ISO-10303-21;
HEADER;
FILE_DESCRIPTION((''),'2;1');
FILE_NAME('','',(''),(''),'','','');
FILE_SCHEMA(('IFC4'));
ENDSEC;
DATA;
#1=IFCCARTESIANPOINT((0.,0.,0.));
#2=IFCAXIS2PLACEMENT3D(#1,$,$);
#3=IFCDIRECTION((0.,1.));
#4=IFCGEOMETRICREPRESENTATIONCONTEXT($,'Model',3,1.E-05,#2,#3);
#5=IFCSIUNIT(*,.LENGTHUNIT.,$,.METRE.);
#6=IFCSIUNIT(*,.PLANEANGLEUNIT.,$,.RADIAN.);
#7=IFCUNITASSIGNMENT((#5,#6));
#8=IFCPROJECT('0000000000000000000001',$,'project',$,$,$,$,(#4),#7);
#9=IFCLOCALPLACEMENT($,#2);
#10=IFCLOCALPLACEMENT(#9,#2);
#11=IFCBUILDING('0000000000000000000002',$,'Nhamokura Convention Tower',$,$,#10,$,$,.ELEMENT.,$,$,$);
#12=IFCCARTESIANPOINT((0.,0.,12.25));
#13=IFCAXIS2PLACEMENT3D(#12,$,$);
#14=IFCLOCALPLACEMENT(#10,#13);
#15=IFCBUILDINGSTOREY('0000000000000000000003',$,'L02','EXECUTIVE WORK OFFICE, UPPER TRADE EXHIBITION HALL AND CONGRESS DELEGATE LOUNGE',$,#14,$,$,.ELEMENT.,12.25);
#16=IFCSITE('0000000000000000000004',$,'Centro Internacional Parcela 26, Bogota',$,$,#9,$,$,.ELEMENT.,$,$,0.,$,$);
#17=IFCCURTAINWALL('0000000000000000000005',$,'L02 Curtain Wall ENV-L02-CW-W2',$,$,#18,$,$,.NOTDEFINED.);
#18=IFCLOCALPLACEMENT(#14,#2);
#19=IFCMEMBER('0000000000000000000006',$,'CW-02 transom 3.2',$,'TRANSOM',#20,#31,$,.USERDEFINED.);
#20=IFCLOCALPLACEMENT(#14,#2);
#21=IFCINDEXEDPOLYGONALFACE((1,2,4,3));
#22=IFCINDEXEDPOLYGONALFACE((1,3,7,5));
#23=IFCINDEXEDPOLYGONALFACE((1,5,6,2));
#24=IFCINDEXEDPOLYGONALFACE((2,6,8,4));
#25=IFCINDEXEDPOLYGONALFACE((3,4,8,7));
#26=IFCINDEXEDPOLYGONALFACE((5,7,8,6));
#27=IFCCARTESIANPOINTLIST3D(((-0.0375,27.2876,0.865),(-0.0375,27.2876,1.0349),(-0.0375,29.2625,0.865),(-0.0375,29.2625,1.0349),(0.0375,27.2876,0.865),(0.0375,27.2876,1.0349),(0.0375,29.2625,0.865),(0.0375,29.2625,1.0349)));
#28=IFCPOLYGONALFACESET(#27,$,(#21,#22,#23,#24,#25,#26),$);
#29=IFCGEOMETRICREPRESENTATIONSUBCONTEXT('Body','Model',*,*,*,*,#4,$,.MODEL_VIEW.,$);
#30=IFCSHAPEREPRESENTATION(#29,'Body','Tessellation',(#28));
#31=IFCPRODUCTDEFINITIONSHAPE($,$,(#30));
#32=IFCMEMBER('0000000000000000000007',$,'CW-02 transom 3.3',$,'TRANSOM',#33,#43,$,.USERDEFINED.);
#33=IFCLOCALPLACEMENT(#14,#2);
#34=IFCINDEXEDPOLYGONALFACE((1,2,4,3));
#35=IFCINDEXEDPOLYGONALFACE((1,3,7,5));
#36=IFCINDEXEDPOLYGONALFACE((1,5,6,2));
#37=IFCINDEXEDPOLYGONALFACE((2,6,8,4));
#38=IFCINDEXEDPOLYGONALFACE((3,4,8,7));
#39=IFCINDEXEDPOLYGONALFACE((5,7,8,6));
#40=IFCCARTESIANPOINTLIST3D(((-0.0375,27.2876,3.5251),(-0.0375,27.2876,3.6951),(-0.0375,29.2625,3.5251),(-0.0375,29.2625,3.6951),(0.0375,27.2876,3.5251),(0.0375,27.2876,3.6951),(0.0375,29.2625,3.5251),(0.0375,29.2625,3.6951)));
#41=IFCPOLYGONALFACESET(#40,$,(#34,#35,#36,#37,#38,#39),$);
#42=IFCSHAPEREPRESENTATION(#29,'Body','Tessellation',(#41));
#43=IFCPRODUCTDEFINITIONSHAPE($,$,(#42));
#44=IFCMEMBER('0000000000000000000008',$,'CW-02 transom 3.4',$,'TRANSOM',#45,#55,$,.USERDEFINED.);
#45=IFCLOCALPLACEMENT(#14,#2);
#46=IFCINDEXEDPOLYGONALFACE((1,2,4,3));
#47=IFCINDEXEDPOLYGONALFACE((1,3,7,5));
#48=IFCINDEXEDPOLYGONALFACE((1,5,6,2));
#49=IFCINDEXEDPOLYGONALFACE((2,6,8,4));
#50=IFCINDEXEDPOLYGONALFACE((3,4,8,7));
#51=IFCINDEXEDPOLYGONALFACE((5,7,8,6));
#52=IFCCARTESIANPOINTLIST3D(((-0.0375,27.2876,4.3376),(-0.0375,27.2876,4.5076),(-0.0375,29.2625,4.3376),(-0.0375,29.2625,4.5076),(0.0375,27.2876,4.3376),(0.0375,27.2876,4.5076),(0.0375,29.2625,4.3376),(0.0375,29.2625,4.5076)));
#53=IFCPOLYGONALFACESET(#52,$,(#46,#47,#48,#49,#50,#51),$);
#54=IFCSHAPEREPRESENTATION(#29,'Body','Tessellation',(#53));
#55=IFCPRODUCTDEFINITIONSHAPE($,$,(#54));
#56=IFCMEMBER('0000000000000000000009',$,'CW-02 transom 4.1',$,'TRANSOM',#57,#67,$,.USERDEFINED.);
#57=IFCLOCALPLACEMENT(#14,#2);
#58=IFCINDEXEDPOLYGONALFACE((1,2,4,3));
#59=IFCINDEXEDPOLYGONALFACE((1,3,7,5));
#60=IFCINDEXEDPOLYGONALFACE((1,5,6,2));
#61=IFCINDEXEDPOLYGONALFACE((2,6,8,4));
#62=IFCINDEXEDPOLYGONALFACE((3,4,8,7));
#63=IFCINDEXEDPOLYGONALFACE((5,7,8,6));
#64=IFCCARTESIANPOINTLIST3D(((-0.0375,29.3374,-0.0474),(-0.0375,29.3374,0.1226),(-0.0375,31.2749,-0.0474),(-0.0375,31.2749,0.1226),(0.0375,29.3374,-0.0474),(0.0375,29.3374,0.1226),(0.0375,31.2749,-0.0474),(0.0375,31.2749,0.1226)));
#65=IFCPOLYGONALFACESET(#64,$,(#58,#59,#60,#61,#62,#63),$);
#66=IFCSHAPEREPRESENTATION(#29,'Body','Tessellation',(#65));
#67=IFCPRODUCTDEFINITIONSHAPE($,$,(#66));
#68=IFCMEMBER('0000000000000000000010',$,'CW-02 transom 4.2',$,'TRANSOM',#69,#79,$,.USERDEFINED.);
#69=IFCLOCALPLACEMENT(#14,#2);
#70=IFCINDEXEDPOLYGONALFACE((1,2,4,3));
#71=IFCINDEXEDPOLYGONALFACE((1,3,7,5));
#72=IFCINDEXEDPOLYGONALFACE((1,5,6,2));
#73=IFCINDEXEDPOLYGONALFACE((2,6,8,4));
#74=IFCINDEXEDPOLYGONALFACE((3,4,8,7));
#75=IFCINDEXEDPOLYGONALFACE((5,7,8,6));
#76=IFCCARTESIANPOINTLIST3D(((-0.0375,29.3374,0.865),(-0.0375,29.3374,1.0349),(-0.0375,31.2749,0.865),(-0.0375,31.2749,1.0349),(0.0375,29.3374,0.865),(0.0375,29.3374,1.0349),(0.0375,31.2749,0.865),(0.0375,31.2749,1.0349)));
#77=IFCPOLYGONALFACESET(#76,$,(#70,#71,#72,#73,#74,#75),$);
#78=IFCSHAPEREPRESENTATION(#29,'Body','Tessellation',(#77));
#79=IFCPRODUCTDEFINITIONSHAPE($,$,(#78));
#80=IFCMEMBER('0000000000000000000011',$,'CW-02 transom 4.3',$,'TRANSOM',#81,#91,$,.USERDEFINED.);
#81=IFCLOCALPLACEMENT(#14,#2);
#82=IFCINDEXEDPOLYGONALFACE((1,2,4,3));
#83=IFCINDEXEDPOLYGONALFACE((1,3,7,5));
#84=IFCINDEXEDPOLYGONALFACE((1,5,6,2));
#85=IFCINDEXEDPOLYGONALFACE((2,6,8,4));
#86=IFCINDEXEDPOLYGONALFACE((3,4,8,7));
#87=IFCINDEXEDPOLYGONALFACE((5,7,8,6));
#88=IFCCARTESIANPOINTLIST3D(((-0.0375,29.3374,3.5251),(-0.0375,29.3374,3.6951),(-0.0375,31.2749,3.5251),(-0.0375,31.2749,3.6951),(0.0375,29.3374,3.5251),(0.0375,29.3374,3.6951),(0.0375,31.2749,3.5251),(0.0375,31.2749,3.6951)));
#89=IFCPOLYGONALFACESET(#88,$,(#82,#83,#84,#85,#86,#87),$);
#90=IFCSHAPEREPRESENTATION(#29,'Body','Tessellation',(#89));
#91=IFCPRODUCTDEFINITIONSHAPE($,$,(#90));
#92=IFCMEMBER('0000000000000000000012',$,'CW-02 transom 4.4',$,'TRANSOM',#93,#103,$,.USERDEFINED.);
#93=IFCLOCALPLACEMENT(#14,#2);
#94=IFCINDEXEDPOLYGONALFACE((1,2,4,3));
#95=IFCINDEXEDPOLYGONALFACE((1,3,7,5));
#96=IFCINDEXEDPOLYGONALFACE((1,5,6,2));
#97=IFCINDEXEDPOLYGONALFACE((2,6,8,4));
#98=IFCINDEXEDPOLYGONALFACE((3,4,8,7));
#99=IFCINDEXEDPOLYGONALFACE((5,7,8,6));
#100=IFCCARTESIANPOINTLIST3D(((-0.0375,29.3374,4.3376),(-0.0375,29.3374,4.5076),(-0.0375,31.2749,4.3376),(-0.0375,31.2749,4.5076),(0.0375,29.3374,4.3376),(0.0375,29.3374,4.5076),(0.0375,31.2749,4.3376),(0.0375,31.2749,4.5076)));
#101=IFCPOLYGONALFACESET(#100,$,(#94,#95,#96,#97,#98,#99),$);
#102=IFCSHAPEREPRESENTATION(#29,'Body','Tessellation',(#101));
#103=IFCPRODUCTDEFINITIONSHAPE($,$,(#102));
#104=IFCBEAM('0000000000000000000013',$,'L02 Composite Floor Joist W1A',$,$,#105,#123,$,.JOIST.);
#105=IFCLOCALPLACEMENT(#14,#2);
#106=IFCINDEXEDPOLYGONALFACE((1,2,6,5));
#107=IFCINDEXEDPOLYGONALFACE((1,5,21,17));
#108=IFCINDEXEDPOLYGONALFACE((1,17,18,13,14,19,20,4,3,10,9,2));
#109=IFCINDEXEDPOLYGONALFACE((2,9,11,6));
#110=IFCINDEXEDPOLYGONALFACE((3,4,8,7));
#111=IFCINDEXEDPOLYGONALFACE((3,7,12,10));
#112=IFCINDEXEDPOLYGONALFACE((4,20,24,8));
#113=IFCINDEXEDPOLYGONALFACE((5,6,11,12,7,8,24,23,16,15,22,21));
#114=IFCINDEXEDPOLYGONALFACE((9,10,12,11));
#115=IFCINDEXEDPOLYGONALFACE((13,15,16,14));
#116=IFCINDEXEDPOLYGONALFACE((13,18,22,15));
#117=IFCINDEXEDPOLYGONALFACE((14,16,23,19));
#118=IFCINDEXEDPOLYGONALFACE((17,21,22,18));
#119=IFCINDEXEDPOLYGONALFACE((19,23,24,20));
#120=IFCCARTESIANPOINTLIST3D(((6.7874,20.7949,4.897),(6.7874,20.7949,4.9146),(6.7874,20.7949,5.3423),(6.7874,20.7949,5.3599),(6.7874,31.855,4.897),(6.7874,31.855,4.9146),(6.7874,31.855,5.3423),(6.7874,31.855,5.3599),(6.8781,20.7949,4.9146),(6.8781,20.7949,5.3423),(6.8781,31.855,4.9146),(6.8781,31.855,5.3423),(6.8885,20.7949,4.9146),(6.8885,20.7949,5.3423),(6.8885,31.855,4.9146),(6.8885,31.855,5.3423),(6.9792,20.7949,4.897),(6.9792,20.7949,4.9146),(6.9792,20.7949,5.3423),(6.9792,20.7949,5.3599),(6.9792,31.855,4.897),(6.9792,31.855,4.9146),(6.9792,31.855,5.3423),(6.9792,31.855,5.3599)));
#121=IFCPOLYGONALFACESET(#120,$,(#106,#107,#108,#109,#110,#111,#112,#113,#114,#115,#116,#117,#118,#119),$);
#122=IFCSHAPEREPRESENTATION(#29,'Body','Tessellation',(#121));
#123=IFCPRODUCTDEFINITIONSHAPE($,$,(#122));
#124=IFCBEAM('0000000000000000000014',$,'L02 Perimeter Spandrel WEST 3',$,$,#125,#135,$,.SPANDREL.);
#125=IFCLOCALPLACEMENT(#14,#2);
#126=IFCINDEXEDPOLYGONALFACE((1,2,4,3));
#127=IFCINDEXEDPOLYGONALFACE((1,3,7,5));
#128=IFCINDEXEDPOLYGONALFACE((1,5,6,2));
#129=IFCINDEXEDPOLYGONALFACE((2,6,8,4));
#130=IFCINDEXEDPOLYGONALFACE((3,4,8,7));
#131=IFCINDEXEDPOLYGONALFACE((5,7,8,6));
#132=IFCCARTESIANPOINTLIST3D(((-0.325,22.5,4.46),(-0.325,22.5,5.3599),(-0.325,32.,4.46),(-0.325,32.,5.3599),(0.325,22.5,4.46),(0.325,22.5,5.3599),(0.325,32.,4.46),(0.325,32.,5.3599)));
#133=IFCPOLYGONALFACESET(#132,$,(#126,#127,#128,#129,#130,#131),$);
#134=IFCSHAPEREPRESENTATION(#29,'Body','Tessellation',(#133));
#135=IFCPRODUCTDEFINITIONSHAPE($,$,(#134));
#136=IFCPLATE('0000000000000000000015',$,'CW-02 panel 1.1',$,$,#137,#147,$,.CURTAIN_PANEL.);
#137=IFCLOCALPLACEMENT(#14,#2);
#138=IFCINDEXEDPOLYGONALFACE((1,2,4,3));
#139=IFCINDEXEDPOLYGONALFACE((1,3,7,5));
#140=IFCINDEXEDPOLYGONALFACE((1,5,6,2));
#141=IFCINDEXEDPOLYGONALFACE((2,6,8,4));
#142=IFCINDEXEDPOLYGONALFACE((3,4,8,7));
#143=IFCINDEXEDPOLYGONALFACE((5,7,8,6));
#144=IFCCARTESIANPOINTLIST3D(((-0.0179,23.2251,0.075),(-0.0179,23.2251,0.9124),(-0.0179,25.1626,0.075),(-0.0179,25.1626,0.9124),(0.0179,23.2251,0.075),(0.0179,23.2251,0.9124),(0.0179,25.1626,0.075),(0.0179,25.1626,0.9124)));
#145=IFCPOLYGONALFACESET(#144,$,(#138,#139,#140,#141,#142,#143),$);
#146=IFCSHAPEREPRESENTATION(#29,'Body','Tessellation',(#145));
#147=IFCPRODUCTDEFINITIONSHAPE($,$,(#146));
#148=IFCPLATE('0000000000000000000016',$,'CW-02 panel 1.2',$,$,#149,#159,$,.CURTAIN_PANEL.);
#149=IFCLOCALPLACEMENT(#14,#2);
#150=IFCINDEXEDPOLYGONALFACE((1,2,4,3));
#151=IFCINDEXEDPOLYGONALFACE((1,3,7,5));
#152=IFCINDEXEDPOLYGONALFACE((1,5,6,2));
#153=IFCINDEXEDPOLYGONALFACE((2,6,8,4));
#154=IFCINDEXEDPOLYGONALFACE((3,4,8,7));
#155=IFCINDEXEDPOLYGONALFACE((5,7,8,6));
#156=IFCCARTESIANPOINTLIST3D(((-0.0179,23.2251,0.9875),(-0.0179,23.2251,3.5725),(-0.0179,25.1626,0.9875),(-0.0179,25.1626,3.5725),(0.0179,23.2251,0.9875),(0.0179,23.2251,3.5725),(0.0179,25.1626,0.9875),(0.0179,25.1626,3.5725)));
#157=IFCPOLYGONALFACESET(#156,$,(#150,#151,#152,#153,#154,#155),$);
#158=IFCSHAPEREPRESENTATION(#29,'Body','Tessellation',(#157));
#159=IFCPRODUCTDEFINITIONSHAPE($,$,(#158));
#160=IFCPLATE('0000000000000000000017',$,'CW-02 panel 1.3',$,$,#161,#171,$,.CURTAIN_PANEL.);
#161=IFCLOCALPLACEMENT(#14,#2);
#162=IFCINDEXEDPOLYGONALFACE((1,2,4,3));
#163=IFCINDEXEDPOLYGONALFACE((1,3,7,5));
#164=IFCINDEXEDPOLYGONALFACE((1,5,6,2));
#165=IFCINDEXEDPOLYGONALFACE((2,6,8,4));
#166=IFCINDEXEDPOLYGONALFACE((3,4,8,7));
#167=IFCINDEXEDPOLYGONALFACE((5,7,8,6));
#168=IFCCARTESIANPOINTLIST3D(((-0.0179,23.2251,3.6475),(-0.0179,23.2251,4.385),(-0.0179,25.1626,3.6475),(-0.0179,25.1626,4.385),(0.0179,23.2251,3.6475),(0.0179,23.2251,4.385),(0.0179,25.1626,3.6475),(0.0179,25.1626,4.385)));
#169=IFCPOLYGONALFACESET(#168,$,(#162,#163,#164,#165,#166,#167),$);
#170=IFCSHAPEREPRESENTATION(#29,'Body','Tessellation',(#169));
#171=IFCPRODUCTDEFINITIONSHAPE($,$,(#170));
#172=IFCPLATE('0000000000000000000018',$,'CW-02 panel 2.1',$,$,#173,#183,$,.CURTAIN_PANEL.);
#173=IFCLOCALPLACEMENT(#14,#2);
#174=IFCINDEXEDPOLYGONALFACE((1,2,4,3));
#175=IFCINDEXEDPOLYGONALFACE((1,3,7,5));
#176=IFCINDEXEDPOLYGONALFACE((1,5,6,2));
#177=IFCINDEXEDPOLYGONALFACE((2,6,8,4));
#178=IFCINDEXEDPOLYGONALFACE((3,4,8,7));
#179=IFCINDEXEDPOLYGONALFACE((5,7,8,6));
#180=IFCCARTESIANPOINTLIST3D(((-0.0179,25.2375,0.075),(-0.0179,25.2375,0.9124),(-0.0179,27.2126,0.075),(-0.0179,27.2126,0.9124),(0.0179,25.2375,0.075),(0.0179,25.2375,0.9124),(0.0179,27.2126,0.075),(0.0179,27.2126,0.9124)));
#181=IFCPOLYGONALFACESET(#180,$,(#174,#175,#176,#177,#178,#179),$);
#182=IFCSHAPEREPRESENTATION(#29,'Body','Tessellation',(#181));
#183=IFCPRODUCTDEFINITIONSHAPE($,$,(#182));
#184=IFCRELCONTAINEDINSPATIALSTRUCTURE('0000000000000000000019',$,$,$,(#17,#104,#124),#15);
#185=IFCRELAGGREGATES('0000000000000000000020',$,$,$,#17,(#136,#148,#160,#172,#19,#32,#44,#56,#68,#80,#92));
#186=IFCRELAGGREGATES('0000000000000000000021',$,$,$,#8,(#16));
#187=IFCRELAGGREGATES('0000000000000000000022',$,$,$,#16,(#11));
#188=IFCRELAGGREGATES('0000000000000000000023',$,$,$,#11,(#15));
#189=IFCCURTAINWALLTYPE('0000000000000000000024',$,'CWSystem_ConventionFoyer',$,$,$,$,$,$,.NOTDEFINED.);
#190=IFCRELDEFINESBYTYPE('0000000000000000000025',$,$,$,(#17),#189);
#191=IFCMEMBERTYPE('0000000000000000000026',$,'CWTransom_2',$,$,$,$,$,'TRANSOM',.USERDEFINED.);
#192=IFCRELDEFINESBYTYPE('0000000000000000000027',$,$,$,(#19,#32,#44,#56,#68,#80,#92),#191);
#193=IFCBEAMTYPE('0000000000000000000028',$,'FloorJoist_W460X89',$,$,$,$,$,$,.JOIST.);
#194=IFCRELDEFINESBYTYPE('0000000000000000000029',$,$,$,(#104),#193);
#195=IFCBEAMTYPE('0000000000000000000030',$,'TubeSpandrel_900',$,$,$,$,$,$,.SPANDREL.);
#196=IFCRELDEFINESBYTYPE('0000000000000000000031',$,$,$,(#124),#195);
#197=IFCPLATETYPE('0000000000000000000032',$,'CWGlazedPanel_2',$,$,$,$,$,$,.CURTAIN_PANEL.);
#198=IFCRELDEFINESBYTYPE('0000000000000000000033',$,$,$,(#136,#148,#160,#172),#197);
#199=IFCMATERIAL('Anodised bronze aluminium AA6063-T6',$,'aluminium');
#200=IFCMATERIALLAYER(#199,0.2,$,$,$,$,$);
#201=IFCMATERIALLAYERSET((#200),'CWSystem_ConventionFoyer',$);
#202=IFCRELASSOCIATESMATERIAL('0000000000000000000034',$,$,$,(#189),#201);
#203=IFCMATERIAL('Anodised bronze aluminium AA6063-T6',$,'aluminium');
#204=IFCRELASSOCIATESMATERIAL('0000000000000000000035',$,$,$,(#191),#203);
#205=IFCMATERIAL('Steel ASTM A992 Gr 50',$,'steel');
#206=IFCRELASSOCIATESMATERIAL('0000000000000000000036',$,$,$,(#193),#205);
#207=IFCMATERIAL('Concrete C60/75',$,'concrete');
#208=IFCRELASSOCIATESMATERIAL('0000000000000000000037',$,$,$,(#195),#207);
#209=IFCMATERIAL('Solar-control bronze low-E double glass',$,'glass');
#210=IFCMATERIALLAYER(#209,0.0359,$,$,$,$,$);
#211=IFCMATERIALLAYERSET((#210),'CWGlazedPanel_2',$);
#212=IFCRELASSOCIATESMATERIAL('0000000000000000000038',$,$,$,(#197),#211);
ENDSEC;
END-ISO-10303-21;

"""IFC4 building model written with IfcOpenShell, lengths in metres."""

from ifc_helpers import new_model, si_unit, direction, frame, origin, origin_2d, place, context, subcontext, project, spatial, rectangle, i_section, extrude, material, layer, layer_set, material_profile, profile_set, type_object, element, aggregate, save


model = new_model("IFC4")

# Units and contexts
model_context = context("Model", 3, precision=1e-05, world=origin(), true_north=direction((0.0, 1.0)))
body_context = subcontext(model_context, "Body", "Model", "MODEL_VIEW")
ifc_project = project(units=[si_unit("LENGTHUNIT", "METRE"), si_unit("PLANEANGLEUNIT", "RADIAN")], contexts=[model_context])

# Site, building, storey
site_placement = place(None, origin())
site = spatial("IfcSite", under=ifc_project, at=site_placement, Name="Centro Internacional Parcela 26, Bogota", CompositionType="ELEMENT", RefElevation=0.0)
building_placement = place(site_placement, origin())
building = spatial("IfcBuilding", under=site, at=building_placement, Name="Nhamokura Convention Tower", CompositionType="ELEMENT")
storey_placement = place(building_placement, frame((0.0, 0.0, 12.25)))
storey = spatial("IfcBuildingStorey", under=building, at=storey_placement, Name="L02", Description="EXECUTIVE WORK OFFICE, UPPER TRADE EXHIBITION HALL AND CONGRESS DELEGATE LOUNGE", CompositionType="ELEMENT", Elevation=12.25)

# Curtain wall, members
ifc_material_1 = material(Name="Anodised bronze aluminium AA6063-T6", Category="aluminium")
ifc_layer_1 = layer(ifc_material_1, 0.2)
ifc_layer_set_1 = layer_set([ifc_layer_1], Name="CWSystem_ConventionFoyer")
curtain_wall_type = type_object("IfcCurtainWallType", Name="CWSystem_ConventionFoyer", PredefinedType="NOTDEFINED", material=ifc_layer_set_1)
curtain_wall_placement = place(storey_placement, origin())
curtain_wall = element("IfcCurtainWall", 1, at=curtain_wall_placement, inside=storey, type_object=curtain_wall_type, Name="L02 Curtain Wall ENV-L02-CW-W2", PredefinedType="NOTDEFINED")
ifc_material_2 = material(Name="Anodised bronze aluminium AA6063-T6", Category="aluminium")
ifc_material_profile_1 = material_profile(ifc_material_2, rectangle(XDim=0.075, YDim=0.1699, at=origin_2d()))
ifc_profile_set_1 = profile_set([ifc_material_profile_1], Name="Anodised bronze aluminium AA6063-T6")
member_type_1 = type_object("IfcMemberType", Name="CWTransom_2", ElementType="TRANSOM", PredefinedType="USERDEFINED", material=ifc_profile_set_1)
member_1_placement = place(storey_placement, frame((0.0, 27.2876, 0.95), z_axis=(0.0, 1.0, 0.0), x_axis=(-1.0, 0.0, 0.0)))
member_1 = element("IfcMember", 2, at=member_1_placement, type_object=member_type_1, Name="CW-02 transom 3.2", ObjectType="TRANSOM", PredefinedType="USERDEFINED", context=body_context, shape_type="SweptSolid", body=[
    extrude(rectangle(XDim=0.075, YDim=0.1699, at=origin_2d()), origin(), (0.0, 0.0, 1.0), 1.9749),
])
member_2_placement = place(storey_placement, frame((0.0, 27.2876, 3.6101), z_axis=(0.0, 1.0, 0.0), x_axis=(-1.0, 0.0, 0.0)))
member_2 = element("IfcMember", 3, at=member_2_placement, type_object=member_type_1, Name="CW-02 transom 3.3", ObjectType="TRANSOM", PredefinedType="USERDEFINED", context=body_context, shape_type="SweptSolid", body=[
    extrude(rectangle(XDim=0.075, YDim=0.1699, at=origin_2d()), origin(), (0.0, 0.0, 1.0), 1.9749),
])
member_3_placement = place(storey_placement, frame((0.0, 27.2876, 4.4226), z_axis=(0.0, 1.0, 0.0), x_axis=(-1.0, 0.0, 0.0)))
member_3 = element("IfcMember", 4, at=member_3_placement, type_object=member_type_1, Name="CW-02 transom 3.4", ObjectType="TRANSOM", PredefinedType="USERDEFINED", context=body_context, shape_type="SweptSolid", body=[
    extrude(rectangle(XDim=0.075, YDim=0.1699, at=origin_2d()), origin(), (0.0, 0.0, 1.0), 1.9749),
])
member_4_placement = place(storey_placement, frame((0.0, 29.3374, 0.0376), z_axis=(0.0, 1.0, 0.0), x_axis=(-1.0, 0.0, 0.0)))
member_4 = element("IfcMember", 5, at=member_4_placement, type_object=member_type_1, Name="CW-02 transom 4.1", ObjectType="TRANSOM", PredefinedType="USERDEFINED", context=body_context, shape_type="SweptSolid", body=[
    extrude(rectangle(XDim=0.075, YDim=0.1699, at=origin_2d()), origin(), (0.0, 0.0, 1.0), 1.9375),
])
member_5_placement = place(storey_placement, frame((0.0, 29.3374, 0.95), z_axis=(0.0, 1.0, 0.0), x_axis=(-1.0, 0.0, 0.0)))
member_5 = element("IfcMember", 6, at=member_5_placement, type_object=member_type_1, Name="CW-02 transom 4.2", ObjectType="TRANSOM", PredefinedType="USERDEFINED", context=body_context, shape_type="SweptSolid", body=[
    extrude(rectangle(XDim=0.075, YDim=0.1699, at=origin_2d()), origin(), (0.0, 0.0, 1.0), 1.9375),
])
member_6_placement = place(storey_placement, frame((0.0, 29.3374, 3.6101), z_axis=(0.0, 1.0, 0.0), x_axis=(-1.0, 0.0, 0.0)))
member_6 = element("IfcMember", 7, at=member_6_placement, type_object=member_type_1, Name="CW-02 transom 4.3", ObjectType="TRANSOM", PredefinedType="USERDEFINED", context=body_context, shape_type="SweptSolid", body=[
    extrude(rectangle(XDim=0.075, YDim=0.1699, at=origin_2d()), origin(), (0.0, 0.0, 1.0), 1.9375),
])
member_7_placement = place(storey_placement, frame((0.0, 29.3374, 4.4226), z_axis=(0.0, 1.0, 0.0), x_axis=(-1.0, 0.0, 0.0)))
member_7 = element("IfcMember", 8, at=member_7_placement, type_object=member_type_1, Name="CW-02 transom 4.4", ObjectType="TRANSOM", PredefinedType="USERDEFINED", context=body_context, shape_type="SweptSolid", body=[
    extrude(rectangle(XDim=0.075, YDim=0.1699, at=origin_2d()), origin(), (0.0, 0.0, 1.0), 1.9375),
])

# Beams
ifc_material_3 = material(Name="Steel ASTM A992 Gr 50", Category="steel")
ifc_material_profile_2 = material_profile(ifc_material_3, i_section(OverallWidth=0.1919, OverallDepth=0.4629, WebThickness=0.0105, FlangeThickness=0.0176, at=origin_2d()))
ifc_profile_set_2 = profile_set([ifc_material_profile_2], Name="Steel ASTM A992 Gr 50")
beam_type_1 = type_object("IfcBeamType", Name="FloorJoist_W460X89", PredefinedType="JOIST", material=ifc_profile_set_2)
beam_1_placement = place(storey_placement, frame((6.8833, 20.7949, 5.1284), z_axis=(0.0, 1.0, 0.0), x_axis=(-1.0, 0.0, 0.0)))
element("IfcBeam", 9, at=beam_1_placement, inside=storey, type_object=beam_type_1, Name="L02 Composite Floor Joist W1A", PredefinedType="JOIST", context=body_context, shape_type="SweptSolid", body=[
    extrude(i_section(OverallWidth=0.1919, OverallDepth=0.4629, WebThickness=0.0105, FlangeThickness=0.0176, at=origin_2d()), origin(), (0.0, 0.0, 1.0), 11.0601),
])
ifc_material_4 = material(Name="Concrete C60/75", Category="concrete")
ifc_material_profile_3 = material_profile(ifc_material_4, rectangle(XDim=0.6499, YDim=0.8999, at=origin_2d()))
ifc_profile_set_3 = profile_set([ifc_material_profile_3], Name="Concrete C60/75")
beam_type_2 = type_object("IfcBeamType", Name="TubeSpandrel_900", PredefinedType="SPANDREL", material=ifc_profile_set_3)
beam_2_placement = place(storey_placement, frame((0.0, 22.5, 4.9099), z_axis=(0.0, 1.0, 0.0), x_axis=(-1.0, 0.0, 0.0)))
element("IfcBeam", 10, at=beam_2_placement, inside=storey, type_object=beam_type_2, Name="L02 Perimeter Spandrel WEST 3", PredefinedType="SPANDREL", context=body_context, shape_type="SweptSolid", body=[
    extrude(rectangle(XDim=0.6499, YDim=0.8999, at=origin_2d()), origin(), (0.0, 0.0, 1.0), 9.5),
])

# Plates
ifc_material_5 = material(Name="Solar-control bronze low-E double glass", Category="glass")
ifc_layer_2 = layer(ifc_material_5, 0.0359)
ifc_layer_set_2 = layer_set([ifc_layer_2], Name="CWGlazedPanel_2")
plate_type = type_object("IfcPlateType", Name="CWGlazedPanel_2", PredefinedType="CURTAIN_PANEL", material=ifc_layer_set_2)
plate_1_placement = place(storey_placement, frame((0.0, 24.1938, 0.075), z_axis=(0.0, 0.0, 1.0), x_axis=(0.0, 1.0, 0.0)))
plate_1 = element("IfcPlate", 11, at=plate_1_placement, type_object=plate_type, Name="CW-02 panel 1.1", PredefinedType="CURTAIN_PANEL", context=body_context, shape_type="SweptSolid", body=[
    extrude(rectangle(XDim=1.9375, YDim=0.0359, at=origin_2d()), origin(), (0.0, 0.0, 1.0), 0.8374),
])
plate_2_placement = place(storey_placement, frame((0.0, 24.1938, 0.9875), z_axis=(0.0, 0.0, 1.0), x_axis=(0.0, 1.0, 0.0)))
plate_2 = element("IfcPlate", 12, at=plate_2_placement, type_object=plate_type, Name="CW-02 panel 1.2", PredefinedType="CURTAIN_PANEL", context=body_context, shape_type="SweptSolid", body=[
    extrude(rectangle(XDim=1.9375, YDim=0.0359, at=origin_2d()), origin(), (0.0, 0.0, 1.0), 2.585),
])
plate_3_placement = place(storey_placement, frame((0.0, 24.1938, 3.6475), z_axis=(0.0, 0.0, 1.0), x_axis=(0.0, 1.0, 0.0)))
plate_3 = element("IfcPlate", 13, at=plate_3_placement, type_object=plate_type, Name="CW-02 panel 1.3", PredefinedType="CURTAIN_PANEL", context=body_context, shape_type="SweptSolid", body=[
    extrude(rectangle(XDim=1.9375, YDim=0.0359, at=origin_2d()), origin(), (0.0, 0.0, 1.0), 0.7375),
])
plate_4_placement = place(storey_placement, frame((0.0, 26.2251, 0.075), z_axis=(0.0, 0.0, 1.0), x_axis=(0.0, 1.0, 0.0)))
plate_4 = element("IfcPlate", 14, at=plate_4_placement, type_object=plate_type, Name="CW-02 panel 2.1", PredefinedType="CURTAIN_PANEL", context=body_context, shape_type="SweptSolid", body=[
    extrude(rectangle(XDim=1.9751, YDim=0.0359, at=origin_2d()), origin(), (0.0, 0.0, 1.0), 0.8374),
])
aggregate(curtain_wall, [plate_1, plate_2, plate_3, plate_4, member_1, member_2, member_3, member_4, member_5, member_6, member_7])

save(model, "model.ifc")
